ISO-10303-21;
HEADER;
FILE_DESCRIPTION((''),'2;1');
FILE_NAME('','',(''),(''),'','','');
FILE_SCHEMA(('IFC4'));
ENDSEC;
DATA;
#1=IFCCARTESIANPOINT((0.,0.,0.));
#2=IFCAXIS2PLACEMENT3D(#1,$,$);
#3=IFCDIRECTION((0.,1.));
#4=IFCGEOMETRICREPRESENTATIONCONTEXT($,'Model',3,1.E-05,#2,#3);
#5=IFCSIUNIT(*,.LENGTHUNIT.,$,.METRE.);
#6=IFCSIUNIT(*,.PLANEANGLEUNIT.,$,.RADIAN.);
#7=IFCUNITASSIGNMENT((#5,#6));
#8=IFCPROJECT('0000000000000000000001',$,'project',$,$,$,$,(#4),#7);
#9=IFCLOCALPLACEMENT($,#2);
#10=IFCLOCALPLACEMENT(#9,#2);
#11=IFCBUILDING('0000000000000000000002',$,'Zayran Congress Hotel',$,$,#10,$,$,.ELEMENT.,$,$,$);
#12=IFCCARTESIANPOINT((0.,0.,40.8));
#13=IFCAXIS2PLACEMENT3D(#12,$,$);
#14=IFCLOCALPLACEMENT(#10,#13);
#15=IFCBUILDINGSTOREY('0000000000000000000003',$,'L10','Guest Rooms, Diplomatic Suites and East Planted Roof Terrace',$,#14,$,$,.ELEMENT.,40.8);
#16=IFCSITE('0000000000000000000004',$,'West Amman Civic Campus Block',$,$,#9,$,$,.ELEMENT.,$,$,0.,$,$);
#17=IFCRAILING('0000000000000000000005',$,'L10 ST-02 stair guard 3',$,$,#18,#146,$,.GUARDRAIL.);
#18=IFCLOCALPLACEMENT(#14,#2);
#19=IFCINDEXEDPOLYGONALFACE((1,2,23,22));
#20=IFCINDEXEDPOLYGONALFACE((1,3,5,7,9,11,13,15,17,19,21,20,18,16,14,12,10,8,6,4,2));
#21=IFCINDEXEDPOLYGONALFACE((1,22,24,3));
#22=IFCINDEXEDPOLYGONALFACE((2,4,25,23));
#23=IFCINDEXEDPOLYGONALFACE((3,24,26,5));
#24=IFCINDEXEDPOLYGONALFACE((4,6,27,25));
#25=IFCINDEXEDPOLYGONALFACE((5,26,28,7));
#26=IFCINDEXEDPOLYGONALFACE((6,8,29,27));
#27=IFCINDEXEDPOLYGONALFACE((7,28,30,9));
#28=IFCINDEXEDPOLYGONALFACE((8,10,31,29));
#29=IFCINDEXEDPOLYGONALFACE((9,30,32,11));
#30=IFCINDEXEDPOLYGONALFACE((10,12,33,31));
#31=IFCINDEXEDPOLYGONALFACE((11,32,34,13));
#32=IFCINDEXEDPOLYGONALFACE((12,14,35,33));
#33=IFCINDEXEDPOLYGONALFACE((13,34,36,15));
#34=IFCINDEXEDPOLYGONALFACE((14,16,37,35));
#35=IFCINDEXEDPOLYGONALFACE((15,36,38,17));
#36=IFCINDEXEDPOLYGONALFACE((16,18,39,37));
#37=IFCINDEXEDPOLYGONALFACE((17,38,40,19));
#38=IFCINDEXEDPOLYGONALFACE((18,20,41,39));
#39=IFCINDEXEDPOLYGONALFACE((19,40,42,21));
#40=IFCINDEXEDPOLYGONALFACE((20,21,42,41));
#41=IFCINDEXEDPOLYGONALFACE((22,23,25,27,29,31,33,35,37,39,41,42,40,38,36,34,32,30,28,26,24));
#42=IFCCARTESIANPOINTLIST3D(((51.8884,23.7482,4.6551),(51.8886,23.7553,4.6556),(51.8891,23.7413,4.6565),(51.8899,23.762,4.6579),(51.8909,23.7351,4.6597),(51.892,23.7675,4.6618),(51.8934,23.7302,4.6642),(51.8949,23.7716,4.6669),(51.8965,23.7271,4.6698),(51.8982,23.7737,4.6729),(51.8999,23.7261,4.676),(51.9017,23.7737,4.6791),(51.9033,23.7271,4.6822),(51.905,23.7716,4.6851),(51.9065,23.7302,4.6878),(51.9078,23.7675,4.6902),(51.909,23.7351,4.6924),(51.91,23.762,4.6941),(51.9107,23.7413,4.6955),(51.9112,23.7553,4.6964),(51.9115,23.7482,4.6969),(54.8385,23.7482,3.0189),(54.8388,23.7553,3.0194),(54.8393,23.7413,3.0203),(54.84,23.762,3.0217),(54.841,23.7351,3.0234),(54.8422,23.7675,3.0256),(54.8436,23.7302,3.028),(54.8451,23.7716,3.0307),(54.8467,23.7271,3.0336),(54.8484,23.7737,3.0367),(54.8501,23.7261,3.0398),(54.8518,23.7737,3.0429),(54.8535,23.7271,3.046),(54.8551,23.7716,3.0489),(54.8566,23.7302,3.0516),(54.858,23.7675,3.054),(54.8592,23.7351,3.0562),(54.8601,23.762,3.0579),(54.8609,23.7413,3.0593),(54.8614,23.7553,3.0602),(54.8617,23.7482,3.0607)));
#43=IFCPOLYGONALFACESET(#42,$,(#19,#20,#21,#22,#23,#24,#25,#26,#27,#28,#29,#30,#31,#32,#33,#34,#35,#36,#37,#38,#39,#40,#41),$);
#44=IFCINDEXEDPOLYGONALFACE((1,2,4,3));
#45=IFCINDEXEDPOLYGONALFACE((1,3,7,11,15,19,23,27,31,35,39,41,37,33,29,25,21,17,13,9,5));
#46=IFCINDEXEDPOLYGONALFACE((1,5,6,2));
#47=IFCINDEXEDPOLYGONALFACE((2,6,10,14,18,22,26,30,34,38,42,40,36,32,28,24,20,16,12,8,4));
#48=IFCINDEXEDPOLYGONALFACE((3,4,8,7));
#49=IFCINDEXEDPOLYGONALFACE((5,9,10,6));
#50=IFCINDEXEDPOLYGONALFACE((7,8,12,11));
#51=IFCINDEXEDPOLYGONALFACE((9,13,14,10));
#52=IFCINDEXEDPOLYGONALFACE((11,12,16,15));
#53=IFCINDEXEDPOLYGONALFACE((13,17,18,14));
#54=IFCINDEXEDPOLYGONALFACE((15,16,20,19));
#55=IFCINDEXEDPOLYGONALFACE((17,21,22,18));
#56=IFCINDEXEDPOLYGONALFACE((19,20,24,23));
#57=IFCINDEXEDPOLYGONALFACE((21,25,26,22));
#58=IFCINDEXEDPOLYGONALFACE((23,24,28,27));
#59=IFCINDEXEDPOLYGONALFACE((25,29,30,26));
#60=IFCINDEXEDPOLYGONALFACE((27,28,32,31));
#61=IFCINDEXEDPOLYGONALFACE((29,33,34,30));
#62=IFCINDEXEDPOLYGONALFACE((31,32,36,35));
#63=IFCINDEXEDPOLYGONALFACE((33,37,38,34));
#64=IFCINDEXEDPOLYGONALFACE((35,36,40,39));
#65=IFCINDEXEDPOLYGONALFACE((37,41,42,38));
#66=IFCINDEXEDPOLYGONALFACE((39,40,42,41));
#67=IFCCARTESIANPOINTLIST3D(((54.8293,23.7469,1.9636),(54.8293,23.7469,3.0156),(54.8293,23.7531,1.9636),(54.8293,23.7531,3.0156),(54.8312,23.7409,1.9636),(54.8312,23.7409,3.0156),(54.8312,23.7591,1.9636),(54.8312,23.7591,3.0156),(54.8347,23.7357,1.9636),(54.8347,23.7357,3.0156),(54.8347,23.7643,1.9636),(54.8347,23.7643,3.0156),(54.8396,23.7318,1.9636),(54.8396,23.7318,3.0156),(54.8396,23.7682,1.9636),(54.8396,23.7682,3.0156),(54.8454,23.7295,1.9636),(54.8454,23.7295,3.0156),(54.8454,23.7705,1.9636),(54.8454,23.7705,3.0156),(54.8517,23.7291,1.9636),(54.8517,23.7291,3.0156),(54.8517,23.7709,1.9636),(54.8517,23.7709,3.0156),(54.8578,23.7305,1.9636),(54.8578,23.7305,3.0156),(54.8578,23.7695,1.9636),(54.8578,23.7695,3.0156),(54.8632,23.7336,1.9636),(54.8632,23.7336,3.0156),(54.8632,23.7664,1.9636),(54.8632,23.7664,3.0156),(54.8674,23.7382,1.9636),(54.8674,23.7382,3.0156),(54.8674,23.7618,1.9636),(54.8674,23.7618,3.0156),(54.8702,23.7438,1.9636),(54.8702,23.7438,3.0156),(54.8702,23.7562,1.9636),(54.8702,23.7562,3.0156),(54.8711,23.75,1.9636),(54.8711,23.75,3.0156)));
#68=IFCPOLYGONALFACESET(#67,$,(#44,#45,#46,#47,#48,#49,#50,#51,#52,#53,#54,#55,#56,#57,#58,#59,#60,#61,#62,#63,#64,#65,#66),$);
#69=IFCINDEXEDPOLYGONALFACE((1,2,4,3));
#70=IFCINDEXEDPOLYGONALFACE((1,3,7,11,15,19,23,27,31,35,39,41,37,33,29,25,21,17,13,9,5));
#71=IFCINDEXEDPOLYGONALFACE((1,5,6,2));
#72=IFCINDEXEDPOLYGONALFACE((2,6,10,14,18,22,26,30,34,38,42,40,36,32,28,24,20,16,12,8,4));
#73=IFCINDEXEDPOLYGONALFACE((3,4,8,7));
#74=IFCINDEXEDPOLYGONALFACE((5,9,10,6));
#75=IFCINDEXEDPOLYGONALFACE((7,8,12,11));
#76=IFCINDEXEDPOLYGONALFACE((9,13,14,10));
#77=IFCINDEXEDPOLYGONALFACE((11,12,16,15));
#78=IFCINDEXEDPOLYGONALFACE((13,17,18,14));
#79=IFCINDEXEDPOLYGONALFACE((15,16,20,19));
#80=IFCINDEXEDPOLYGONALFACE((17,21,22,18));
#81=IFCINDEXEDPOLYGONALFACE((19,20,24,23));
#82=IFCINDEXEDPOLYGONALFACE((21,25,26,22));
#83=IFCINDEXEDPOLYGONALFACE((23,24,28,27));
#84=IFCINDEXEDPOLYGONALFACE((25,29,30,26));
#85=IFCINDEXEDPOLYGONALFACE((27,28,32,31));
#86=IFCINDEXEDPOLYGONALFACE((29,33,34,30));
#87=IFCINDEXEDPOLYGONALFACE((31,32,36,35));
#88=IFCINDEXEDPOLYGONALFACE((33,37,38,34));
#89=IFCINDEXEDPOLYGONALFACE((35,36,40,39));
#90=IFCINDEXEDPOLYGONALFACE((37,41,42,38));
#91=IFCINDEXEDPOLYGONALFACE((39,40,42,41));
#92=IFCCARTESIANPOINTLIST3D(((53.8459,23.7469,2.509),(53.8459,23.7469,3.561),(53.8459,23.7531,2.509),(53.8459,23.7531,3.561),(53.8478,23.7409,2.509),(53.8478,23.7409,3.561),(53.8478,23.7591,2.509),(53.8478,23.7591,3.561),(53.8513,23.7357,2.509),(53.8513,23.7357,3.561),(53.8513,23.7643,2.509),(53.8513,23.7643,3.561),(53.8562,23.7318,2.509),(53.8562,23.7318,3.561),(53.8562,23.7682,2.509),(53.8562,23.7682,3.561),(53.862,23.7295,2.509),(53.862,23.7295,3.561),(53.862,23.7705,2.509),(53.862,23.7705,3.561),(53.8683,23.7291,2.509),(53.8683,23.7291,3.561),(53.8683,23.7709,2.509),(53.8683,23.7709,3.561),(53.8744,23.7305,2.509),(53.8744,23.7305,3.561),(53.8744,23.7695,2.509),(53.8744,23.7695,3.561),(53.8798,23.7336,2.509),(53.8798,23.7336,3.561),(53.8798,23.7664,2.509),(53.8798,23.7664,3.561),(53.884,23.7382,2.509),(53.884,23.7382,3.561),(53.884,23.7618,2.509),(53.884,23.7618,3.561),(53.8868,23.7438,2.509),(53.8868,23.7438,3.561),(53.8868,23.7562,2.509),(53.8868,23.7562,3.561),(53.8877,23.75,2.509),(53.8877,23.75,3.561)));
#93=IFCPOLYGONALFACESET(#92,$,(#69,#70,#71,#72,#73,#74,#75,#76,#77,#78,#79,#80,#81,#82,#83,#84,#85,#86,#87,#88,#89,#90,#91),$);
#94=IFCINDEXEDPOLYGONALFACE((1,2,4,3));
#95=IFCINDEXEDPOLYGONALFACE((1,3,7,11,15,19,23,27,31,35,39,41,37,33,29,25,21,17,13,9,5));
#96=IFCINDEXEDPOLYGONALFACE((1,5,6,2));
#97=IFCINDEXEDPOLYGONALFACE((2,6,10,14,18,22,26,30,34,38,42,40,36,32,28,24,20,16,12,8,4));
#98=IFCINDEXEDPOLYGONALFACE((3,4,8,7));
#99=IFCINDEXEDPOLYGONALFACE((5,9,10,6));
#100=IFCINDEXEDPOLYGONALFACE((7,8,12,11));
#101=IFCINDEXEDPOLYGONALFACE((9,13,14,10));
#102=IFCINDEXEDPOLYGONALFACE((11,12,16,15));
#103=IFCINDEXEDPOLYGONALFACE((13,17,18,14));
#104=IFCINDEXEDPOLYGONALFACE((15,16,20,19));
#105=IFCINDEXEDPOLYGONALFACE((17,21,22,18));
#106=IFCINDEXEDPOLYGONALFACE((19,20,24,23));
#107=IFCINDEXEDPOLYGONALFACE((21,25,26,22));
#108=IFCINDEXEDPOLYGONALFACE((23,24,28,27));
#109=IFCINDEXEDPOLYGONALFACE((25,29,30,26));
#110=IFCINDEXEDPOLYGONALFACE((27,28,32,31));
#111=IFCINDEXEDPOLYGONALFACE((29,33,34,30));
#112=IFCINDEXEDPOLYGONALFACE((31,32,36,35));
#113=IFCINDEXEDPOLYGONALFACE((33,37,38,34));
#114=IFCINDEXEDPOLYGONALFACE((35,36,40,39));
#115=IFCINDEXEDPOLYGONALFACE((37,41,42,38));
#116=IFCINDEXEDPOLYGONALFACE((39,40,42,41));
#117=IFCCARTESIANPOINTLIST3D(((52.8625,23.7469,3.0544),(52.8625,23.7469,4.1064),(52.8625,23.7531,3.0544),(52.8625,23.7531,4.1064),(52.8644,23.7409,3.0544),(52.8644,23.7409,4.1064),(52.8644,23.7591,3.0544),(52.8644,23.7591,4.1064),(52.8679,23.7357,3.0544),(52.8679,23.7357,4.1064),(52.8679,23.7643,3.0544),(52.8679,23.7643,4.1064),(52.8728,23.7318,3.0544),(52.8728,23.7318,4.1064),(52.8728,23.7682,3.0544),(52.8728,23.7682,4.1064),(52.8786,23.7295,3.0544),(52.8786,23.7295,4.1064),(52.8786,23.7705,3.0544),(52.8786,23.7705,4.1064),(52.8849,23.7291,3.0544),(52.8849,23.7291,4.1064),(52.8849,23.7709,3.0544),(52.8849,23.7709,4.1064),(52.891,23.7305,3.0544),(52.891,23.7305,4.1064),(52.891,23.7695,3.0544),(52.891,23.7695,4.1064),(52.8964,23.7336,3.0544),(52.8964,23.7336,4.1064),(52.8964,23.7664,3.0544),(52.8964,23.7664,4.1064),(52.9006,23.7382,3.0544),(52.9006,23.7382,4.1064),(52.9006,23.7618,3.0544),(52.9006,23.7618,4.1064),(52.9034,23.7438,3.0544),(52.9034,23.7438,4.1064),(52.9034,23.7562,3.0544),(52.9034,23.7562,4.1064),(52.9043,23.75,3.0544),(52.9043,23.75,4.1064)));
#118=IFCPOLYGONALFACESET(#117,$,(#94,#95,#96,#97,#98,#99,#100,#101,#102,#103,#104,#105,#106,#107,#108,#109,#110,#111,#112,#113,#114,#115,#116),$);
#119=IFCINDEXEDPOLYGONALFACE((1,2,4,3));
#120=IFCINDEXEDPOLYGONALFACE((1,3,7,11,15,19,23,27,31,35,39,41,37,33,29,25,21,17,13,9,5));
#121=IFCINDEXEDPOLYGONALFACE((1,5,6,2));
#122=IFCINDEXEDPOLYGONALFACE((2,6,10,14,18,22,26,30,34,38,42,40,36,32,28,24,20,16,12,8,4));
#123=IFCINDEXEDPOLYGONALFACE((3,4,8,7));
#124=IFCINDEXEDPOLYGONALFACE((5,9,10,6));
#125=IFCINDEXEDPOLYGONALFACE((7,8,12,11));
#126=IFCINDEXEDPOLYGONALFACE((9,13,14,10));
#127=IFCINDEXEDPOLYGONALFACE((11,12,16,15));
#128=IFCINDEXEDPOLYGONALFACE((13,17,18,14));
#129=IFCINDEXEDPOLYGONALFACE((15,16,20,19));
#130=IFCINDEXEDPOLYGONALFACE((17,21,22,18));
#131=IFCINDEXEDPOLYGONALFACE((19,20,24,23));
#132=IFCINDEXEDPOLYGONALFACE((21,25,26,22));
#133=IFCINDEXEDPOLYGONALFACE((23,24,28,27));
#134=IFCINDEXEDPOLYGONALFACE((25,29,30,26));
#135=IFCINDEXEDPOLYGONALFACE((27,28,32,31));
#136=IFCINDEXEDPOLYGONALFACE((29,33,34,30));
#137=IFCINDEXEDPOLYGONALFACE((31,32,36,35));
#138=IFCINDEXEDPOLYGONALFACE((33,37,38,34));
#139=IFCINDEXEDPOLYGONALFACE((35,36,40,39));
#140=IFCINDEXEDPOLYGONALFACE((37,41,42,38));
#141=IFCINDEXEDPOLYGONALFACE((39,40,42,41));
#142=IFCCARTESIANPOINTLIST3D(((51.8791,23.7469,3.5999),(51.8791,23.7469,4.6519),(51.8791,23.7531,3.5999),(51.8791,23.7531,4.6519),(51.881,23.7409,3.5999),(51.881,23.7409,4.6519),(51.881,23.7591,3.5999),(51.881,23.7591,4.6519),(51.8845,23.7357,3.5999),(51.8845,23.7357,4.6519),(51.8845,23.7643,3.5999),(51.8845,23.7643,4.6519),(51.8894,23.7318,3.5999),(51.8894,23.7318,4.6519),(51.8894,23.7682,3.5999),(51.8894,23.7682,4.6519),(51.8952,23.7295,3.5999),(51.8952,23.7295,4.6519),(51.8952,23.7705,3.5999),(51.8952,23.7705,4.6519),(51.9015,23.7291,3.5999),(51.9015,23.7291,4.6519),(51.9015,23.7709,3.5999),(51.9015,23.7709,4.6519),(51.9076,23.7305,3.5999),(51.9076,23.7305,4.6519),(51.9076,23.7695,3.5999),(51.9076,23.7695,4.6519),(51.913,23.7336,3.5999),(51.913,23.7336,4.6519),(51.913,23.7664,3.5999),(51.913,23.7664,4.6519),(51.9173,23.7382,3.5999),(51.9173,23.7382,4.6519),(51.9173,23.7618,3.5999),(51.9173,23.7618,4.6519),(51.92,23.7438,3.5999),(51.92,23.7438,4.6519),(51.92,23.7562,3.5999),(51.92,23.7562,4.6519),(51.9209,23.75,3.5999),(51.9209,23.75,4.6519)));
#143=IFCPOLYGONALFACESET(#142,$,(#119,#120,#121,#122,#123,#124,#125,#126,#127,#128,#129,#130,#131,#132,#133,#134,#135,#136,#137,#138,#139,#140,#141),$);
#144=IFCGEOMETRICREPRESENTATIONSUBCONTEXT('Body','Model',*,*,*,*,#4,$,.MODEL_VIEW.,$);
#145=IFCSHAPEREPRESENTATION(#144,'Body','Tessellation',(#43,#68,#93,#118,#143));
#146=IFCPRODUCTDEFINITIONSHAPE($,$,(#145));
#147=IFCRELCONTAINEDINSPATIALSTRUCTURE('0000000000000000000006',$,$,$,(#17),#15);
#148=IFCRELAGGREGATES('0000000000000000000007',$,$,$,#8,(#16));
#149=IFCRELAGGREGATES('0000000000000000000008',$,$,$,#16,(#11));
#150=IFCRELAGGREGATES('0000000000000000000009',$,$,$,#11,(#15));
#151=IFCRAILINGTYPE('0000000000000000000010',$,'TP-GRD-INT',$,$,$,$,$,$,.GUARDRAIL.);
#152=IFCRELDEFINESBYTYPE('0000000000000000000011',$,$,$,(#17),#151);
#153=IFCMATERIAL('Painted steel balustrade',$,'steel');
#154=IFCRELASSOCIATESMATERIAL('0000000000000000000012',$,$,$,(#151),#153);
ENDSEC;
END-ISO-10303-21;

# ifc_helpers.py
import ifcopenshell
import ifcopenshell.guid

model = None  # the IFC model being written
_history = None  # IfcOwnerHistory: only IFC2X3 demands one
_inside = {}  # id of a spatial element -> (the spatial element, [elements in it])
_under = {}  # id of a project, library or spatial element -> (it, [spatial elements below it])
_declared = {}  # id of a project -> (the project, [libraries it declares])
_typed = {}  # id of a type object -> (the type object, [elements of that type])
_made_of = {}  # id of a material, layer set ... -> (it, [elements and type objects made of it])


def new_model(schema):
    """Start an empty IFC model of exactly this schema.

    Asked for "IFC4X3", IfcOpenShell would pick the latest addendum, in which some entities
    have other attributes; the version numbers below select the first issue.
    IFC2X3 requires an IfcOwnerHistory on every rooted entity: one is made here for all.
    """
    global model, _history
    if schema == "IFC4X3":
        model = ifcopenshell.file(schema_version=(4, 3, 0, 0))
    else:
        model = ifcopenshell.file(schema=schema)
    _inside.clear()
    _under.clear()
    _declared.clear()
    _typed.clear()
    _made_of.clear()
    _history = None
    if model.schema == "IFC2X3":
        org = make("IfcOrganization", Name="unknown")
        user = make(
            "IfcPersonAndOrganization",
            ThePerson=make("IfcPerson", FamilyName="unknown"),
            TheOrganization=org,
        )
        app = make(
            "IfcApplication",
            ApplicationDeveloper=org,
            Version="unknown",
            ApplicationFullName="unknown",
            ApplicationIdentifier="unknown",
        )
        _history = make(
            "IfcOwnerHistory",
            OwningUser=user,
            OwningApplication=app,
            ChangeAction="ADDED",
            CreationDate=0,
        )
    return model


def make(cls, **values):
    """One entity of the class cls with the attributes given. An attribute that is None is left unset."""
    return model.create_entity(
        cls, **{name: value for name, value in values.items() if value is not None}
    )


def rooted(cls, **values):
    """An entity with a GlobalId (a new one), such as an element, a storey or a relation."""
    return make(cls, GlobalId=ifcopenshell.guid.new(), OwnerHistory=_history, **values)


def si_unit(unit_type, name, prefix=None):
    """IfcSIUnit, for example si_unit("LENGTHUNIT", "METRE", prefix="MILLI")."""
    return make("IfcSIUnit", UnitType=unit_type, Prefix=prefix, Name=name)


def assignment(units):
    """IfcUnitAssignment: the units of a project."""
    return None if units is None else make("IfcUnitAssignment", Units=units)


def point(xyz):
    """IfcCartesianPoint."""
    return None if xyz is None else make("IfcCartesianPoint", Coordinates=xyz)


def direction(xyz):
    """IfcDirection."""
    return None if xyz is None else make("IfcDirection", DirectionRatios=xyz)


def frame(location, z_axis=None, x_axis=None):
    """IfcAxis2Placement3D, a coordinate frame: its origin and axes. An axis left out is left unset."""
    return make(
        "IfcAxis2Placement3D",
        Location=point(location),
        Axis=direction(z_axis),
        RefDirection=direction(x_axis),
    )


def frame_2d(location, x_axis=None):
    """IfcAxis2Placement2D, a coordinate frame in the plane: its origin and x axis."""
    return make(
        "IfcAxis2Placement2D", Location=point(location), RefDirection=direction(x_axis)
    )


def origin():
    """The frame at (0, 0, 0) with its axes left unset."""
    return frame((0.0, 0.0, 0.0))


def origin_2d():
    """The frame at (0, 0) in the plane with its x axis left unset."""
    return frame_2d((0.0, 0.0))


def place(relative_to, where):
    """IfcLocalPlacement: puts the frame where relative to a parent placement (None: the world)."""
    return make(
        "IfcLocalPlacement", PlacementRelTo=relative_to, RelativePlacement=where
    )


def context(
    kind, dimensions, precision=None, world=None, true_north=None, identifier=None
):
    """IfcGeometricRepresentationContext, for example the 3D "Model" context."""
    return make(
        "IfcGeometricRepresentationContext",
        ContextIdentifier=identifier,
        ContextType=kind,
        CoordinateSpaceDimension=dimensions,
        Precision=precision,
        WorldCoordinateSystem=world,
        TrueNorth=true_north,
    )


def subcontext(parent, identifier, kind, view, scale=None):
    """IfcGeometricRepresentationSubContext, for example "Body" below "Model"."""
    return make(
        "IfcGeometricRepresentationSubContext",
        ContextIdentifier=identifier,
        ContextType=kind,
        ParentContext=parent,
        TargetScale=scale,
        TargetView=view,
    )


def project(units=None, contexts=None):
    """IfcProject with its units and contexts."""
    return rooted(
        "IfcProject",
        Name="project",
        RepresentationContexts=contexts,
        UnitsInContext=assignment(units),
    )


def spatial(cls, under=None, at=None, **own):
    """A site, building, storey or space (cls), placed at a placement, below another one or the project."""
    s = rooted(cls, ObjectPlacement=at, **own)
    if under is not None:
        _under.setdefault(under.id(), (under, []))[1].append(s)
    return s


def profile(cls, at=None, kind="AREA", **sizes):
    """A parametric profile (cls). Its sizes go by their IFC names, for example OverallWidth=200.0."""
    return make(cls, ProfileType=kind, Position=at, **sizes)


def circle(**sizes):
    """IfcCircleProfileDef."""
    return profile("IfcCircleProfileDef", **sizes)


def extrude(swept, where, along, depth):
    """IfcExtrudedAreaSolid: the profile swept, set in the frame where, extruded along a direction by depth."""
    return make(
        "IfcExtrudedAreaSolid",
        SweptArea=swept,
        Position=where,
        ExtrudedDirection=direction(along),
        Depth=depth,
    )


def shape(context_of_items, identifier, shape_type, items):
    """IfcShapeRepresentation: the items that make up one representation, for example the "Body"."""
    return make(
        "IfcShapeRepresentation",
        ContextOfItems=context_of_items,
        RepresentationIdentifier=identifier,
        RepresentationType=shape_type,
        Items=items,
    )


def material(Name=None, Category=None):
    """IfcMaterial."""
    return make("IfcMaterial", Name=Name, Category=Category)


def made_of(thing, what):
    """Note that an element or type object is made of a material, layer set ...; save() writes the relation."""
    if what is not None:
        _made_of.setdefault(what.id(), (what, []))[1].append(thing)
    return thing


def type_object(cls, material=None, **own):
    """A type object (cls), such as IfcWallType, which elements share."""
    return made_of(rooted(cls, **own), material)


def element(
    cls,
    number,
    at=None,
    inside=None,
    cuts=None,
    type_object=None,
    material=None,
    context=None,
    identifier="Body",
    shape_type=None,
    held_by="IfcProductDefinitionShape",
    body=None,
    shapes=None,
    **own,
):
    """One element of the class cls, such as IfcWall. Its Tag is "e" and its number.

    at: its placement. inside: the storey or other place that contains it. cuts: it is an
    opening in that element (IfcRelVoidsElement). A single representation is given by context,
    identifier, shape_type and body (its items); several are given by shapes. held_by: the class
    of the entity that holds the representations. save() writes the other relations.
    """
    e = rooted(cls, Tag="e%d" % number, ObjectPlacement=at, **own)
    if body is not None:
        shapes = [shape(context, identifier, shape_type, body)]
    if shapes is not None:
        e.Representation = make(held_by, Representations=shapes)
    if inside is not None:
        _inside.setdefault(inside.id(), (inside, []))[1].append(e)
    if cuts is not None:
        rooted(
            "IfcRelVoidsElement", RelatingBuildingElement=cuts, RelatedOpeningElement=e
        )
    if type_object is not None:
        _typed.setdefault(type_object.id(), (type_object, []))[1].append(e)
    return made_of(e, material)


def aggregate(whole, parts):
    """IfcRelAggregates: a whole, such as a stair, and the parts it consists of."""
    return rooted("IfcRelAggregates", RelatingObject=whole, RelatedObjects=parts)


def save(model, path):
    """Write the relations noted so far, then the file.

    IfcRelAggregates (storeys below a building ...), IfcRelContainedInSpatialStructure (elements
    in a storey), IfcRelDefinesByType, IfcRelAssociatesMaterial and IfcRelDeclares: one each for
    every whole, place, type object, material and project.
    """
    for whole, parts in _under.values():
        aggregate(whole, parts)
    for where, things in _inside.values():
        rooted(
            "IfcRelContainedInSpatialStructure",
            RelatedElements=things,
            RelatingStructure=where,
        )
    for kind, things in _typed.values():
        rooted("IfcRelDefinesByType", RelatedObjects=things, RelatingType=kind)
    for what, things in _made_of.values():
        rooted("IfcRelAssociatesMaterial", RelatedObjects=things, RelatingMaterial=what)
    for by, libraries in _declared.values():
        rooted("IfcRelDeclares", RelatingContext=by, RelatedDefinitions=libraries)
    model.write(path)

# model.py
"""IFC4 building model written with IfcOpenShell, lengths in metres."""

from ifc_helpers import new_model, si_unit, direction, frame, origin, origin_2d, place, context, subcontext, project, spatial, circle, extrude, material, type_object, element, save


model = new_model("IFC4")

# Units and contexts
model_context = context("Model", 3, precision=1e-05, world=origin(), true_north=direction((0.0, 1.0)))
body_context = subcontext(model_context, "Body", "Model", "MODEL_VIEW")
ifc_project = project(units=[si_unit("LENGTHUNIT", "METRE"), si_unit("PLANEANGLEUNIT", "RADIAN")], contexts=[model_context])

# Site, building, storey
site_placement = place(None, origin())
site = spatial("IfcSite", under=ifc_project, at=site_placement, Name="West Amman Civic Campus Block", CompositionType="ELEMENT", RefElevation=0.0)
building_placement = place(site_placement, origin())
building = spatial("IfcBuilding", under=site, at=building_placement, Name="Zayran Congress Hotel", CompositionType="ELEMENT")
storey_placement = place(building_placement, frame((0.0, 0.0, 40.8)))
storey = spatial("IfcBuildingStorey", under=building, at=storey_placement, Name="L10", Description="Guest Rooms, Diplomatic Suites and East Planted Roof Terrace", CompositionType="ELEMENT", Elevation=40.8)

# Railing
ifc_material_1 = material(Name="Painted steel balustrade", Category="steel")
railing_type_1 = type_object("IfcRailingType", Name="TP-GRD-INT", PredefinedType="GUARDRAIL", material=ifc_material_1)
railing_1_placement = place(storey_placement, frame((54.8501, 23.75, 1.9636)))
element("IfcRailing", 1, at=railing_1_placement, inside=storey, type_object=railing_type_1, Name="L10 ST-02 stair guard 3", PredefinedType="GUARDRAIL", context=body_context, shape_type="SweptSolid", body=[
    extrude(circle(Radius=0.0239, at=origin_2d()), frame((0.0, 0.0, 1.0762), z_axis=(-0.874505, 0.0, 0.485016), x_axis=(0.0, -1.0, 0.0)), (0.0, 0.0, 1.0), 3.3735),
    extrude(circle(Radius=0.021, at=origin_2d()), origin(), (0.0, 0.0, 1.0), 1.052),
    extrude(circle(Radius=0.021, at=origin_2d()), frame((-0.9834, 0.0, 0.5454)), (0.0, 0.0, 1.0), 1.052),
    extrude(circle(Radius=0.021, at=origin_2d()), frame((-1.9668, 0.0, 1.0908)), (0.0, 0.0, 1.0), 1.052),
    extrude(circle(Radius=0.021, at=origin_2d()), frame((-2.9502, 0.0, 1.6362)), (0.0, 0.0, 1.0), 1.052),
])

save(model, "model.ifc")
